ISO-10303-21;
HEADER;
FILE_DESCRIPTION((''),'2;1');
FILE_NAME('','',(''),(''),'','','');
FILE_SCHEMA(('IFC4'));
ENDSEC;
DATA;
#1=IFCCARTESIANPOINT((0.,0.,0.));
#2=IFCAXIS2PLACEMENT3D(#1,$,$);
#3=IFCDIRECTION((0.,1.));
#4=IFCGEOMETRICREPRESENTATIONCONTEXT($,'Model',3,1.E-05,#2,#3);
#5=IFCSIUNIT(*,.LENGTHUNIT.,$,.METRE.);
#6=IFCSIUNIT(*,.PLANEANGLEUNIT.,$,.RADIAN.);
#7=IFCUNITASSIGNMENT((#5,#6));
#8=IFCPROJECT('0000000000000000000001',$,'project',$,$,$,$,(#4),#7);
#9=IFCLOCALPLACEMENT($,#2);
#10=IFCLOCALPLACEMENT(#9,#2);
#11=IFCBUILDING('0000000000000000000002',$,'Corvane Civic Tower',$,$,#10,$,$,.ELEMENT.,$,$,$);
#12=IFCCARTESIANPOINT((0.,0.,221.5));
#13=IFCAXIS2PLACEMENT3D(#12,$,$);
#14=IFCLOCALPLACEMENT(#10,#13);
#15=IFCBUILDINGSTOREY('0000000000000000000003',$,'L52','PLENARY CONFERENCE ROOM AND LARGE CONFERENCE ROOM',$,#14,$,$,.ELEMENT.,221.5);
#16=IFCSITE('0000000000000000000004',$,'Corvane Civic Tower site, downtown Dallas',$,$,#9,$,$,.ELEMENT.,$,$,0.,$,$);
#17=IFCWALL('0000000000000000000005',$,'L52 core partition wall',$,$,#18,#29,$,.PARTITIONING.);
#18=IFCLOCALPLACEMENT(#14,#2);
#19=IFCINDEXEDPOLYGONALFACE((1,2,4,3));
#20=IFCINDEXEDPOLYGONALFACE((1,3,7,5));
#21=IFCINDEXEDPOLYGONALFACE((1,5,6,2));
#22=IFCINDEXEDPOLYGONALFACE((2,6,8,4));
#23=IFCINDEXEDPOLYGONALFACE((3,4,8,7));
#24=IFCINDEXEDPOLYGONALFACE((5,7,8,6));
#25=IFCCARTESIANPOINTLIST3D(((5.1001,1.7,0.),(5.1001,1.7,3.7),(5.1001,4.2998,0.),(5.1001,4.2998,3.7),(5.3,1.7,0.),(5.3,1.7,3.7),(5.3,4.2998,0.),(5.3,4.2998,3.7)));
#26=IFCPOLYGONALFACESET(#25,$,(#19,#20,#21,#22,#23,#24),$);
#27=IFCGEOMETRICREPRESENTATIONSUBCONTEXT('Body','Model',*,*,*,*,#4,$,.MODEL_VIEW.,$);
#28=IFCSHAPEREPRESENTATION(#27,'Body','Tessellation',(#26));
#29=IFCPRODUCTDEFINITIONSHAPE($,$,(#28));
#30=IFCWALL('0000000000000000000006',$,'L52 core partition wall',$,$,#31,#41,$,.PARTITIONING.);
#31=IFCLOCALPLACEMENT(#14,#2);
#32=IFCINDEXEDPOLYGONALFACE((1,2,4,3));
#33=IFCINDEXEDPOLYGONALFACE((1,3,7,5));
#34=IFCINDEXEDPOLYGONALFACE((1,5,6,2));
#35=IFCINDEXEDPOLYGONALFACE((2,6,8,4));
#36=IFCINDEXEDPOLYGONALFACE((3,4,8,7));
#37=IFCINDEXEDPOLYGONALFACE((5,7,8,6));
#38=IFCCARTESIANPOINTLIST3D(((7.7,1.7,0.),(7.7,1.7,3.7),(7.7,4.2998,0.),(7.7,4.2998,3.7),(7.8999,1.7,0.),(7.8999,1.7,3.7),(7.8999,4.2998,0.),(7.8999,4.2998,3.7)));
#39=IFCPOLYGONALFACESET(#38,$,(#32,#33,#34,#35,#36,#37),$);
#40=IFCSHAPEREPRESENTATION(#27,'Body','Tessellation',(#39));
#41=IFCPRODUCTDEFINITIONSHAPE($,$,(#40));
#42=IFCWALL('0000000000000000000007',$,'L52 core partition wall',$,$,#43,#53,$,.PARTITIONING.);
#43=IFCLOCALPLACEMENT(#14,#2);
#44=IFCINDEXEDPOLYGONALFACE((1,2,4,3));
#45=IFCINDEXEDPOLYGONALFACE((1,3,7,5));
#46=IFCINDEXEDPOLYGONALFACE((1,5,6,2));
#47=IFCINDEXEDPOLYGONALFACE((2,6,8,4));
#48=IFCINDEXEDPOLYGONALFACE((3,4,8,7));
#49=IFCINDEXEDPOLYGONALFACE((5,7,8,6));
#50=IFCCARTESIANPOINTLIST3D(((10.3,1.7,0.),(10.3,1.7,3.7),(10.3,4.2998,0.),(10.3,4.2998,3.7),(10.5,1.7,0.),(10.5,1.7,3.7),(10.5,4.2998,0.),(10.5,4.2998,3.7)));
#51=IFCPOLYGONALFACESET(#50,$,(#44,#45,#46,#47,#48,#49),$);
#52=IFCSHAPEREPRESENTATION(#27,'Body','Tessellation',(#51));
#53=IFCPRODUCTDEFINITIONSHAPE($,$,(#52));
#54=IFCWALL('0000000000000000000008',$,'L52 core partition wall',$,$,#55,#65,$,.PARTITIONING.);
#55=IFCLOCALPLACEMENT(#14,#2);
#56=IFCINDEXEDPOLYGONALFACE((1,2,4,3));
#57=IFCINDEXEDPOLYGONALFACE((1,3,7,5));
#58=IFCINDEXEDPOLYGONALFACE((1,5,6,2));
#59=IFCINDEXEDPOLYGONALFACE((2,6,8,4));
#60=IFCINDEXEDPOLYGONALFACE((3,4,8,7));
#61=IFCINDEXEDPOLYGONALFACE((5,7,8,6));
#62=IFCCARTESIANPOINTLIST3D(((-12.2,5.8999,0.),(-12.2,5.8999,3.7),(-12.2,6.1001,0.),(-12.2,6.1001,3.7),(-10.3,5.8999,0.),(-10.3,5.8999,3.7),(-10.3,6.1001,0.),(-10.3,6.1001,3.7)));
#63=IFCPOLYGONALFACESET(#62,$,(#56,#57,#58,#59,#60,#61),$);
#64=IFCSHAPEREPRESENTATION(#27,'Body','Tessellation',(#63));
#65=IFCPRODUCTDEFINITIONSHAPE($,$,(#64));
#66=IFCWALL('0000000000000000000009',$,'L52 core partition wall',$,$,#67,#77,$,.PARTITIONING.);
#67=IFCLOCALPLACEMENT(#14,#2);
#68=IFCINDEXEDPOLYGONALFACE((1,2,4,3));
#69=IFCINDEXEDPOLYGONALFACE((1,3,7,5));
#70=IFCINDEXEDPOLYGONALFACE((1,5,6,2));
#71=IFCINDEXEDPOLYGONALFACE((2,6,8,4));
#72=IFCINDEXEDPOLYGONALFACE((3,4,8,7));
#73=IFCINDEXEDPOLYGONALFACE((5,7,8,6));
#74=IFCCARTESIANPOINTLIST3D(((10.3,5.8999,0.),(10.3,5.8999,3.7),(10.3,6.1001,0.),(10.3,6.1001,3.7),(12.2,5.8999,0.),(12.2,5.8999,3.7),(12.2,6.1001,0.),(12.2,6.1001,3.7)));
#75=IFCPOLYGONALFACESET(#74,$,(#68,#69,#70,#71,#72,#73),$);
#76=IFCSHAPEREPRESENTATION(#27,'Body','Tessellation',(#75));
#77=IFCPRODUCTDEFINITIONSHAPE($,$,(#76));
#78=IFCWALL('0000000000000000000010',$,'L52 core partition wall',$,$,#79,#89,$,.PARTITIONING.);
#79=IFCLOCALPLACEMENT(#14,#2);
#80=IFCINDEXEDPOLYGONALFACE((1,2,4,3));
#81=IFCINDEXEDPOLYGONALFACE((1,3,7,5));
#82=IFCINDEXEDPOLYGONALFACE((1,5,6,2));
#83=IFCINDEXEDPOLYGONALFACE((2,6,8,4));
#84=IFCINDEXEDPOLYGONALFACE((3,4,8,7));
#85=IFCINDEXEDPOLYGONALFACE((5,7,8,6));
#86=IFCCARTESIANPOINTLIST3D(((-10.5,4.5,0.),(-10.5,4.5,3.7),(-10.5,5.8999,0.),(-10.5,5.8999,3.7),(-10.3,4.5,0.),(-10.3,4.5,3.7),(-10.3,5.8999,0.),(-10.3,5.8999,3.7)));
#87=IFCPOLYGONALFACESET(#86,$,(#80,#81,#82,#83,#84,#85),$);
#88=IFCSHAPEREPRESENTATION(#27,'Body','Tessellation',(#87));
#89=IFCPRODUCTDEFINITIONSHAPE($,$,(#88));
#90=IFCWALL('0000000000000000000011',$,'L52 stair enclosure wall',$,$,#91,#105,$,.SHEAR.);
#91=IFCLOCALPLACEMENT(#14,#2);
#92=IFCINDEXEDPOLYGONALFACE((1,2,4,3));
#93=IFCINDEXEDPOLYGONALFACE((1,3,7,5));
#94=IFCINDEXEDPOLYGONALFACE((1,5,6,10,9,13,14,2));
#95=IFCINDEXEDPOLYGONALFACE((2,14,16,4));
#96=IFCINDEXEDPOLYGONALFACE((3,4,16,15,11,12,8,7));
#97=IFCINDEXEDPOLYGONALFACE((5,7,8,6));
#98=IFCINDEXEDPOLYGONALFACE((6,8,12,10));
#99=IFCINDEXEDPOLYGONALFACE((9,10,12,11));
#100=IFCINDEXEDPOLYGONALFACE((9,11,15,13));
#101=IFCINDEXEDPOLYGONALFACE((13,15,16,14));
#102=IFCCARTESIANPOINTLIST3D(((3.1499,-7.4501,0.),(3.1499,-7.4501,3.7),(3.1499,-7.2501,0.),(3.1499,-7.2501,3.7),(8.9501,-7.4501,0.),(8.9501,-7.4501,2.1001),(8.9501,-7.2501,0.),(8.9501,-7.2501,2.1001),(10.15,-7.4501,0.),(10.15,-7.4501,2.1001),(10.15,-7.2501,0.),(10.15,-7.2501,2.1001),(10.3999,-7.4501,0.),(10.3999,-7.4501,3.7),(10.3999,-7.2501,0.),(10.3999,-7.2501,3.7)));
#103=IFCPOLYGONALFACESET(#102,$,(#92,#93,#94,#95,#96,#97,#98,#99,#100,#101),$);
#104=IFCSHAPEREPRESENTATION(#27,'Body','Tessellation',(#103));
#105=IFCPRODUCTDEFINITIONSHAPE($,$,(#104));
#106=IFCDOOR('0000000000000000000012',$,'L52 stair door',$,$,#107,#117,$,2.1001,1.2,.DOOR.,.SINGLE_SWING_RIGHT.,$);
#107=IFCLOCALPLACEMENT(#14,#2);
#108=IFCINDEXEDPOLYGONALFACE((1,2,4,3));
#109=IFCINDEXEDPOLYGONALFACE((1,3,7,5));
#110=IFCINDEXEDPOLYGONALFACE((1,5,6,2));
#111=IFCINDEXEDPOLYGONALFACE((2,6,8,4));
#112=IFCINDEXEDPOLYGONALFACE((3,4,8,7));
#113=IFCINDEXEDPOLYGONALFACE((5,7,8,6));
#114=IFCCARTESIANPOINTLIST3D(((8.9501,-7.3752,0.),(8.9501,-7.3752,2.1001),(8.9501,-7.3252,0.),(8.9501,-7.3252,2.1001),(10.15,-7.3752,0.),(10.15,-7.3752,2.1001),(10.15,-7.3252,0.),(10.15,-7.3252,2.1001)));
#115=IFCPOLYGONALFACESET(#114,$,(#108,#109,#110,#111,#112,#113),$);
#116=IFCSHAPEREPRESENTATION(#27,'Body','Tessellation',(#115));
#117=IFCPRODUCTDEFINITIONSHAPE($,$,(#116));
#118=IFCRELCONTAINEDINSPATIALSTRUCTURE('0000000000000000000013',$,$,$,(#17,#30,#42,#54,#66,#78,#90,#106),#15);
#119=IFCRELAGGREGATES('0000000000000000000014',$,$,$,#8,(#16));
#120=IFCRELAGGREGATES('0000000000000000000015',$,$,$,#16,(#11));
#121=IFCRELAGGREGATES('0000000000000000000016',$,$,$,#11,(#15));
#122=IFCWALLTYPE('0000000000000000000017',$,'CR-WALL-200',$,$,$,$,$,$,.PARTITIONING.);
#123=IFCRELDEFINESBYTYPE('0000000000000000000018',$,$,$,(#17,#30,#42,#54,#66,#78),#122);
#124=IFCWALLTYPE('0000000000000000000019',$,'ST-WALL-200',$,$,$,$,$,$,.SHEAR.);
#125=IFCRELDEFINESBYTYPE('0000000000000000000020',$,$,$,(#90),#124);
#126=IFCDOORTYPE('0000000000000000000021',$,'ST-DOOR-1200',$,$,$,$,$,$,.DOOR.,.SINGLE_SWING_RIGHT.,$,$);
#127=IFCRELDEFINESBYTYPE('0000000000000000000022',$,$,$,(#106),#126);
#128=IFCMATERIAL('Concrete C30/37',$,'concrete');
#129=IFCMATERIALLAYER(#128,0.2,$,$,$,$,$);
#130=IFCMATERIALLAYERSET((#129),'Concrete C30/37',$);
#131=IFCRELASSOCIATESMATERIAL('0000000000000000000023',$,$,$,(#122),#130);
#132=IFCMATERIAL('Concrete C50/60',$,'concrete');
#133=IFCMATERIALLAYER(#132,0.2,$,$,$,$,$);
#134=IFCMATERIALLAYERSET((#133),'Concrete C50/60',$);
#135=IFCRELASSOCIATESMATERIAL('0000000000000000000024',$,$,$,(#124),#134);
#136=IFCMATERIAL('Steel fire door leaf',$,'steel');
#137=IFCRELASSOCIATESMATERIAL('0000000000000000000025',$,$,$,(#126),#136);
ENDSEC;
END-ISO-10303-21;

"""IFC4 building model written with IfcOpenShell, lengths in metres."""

from ifc_helpers import new_model, si_unit, direction, frame, frame_2d, origin, place, context, subcontext, project, spatial, polyline, rectangle, outline, extrude, material, layer, layer_set, type_object, element, fill, save


model = new_model("IFC4")

# Units and contexts
model_context = context("Model", 3, precision=1e-05, world=origin(), true_north=direction((0.0, 1.0)))
body_context = subcontext(model_context, "Body", "Model", "MODEL_VIEW")
ifc_project = project(units=[si_unit("LENGTHUNIT", "METRE"), si_unit("PLANEANGLEUNIT", "RADIAN")], contexts=[model_context])

# Site, building, storey
site_placement = place(None, origin())
site = spatial("IfcSite", under=ifc_project, at=site_placement, Name="Corvane Civic Tower site, downtown Dallas", CompositionType="ELEMENT", RefElevation=0.0)
building_placement = place(site_placement, origin())
building = spatial("IfcBuilding", under=site, at=building_placement, Name="Corvane Civic Tower", CompositionType="ELEMENT")
storey_placement = place(building_placement, frame((0.0, 0.0, 221.5)))
storey = spatial("IfcBuildingStorey", under=building, at=storey_placement, Name="L52", Description="PLENARY CONFERENCE ROOM AND LARGE CONFERENCE ROOM", CompositionType="ELEMENT", Elevation=221.5)

# Shared definitions
ifc_material_1 = material(Name="Concrete C30/37", Category="concrete")
ifc_layer_1 = layer(ifc_material_1, 0.2)
ifc_layer_set_1 = layer_set([ifc_layer_1], Name="Concrete C30/37")
wall_type_1 = type_object("IfcWallType", Name="CR-WALL-200", PredefinedType="PARTITIONING", material=ifc_layer_set_1)

# Walls
wall_1_placement = place(storey_placement, origin())
element("IfcWall", 1, at=wall_1_placement, inside=storey, type_object=wall_type_1, Name="L52 core partition wall", PredefinedType="PARTITIONING", context=body_context, shape_type="SweptSolid", body=[
    extrude(outline(polyline([(5.3, 1.7), (5.1001, 1.7), (5.1001, 4.2998), (5.3, 4.2998), (5.3, 1.7)])), origin(), (0.0, 0.0, 1.0), 3.7),
])
wall_2_placement = place(storey_placement, origin())
element("IfcWall", 2, at=wall_2_placement, inside=storey, type_object=wall_type_1, Name="L52 core partition wall", PredefinedType="PARTITIONING", context=body_context, shape_type="SweptSolid", body=[
    extrude(outline(polyline([(7.8999, 1.7), (7.7, 1.7), (7.7, 4.2998), (7.8999, 4.2998), (7.8999, 1.7)])), origin(), (0.0, 0.0, 1.0), 3.7),
])
wall_3_placement = place(storey_placement, origin())
element("IfcWall", 3, at=wall_3_placement, inside=storey, type_object=wall_type_1, Name="L52 core partition wall", PredefinedType="PARTITIONING", context=body_context, shape_type="SweptSolid", body=[
    extrude(outline(polyline([(10.5, 1.7), (10.3, 1.7), (10.3, 4.2998), (10.5, 4.2998), (10.5, 1.7)])), origin(), (0.0, 0.0, 1.0), 3.7),
])
wall_4_placement = place(storey_placement, origin())
element("IfcWall", 4, at=wall_4_placement, inside=storey, type_object=wall_type_1, Name="L52 core partition wall", PredefinedType="PARTITIONING", context=body_context, shape_type="SweptSolid", body=[
    extrude(outline(polyline([(-10.3, 5.8999), (-12.2, 5.8999), (-12.2, 6.1001), (-10.3, 6.1001), (-10.3, 5.8999)])), origin(), (0.0, 0.0, 1.0), 3.7),
])
wall_5_placement = place(storey_placement, origin())
element("IfcWall", 5, at=wall_5_placement, inside=storey, type_object=wall_type_1, Name="L52 core partition wall", PredefinedType="PARTITIONING", context=body_context, shape_type="SweptSolid", body=[
    extrude(outline(polyline([(12.2, 5.8999), (10.3, 5.8999), (10.3, 6.1001), (12.2, 6.1001), (12.2, 5.8999)])), origin(), (0.0, 0.0, 1.0), 3.7),
])
wall_6_placement = place(storey_placement, origin())
element("IfcWall", 6, at=wall_6_placement, inside=storey, type_object=wall_type_1, Name="L52 core partition wall", PredefinedType="PARTITIONING", context=body_context, shape_type="SweptSolid", body=[
    extrude(outline(polyline([(-10.3, 4.5), (-10.5, 4.5), (-10.5, 5.8999), (-10.3, 5.8999), (-10.3, 4.5)])), origin(), (0.0, 0.0, 1.0), 3.7),
])

# Wall, opening, door
ifc_material_2 = material(Name="Concrete C50/60", Category="concrete")
ifc_layer_2 = layer(ifc_material_2, 0.2)
ifc_layer_set_2 = layer_set([ifc_layer_2], Name="Concrete C50/60")
wall_type_2 = type_object("IfcWallType", Name="ST-WALL-200", PredefinedType="SHEAR", material=ifc_layer_set_2)
wall_7_placement = place(storey_placement, frame((3.1499, -7.3501, 0.0), z_axis=(0.0, 0.0, 1.0), x_axis=(1.0, 0.0, 0.0)))
wall_7 = element("IfcWall", 7, at=wall_7_placement, inside=storey, type_object=wall_type_2, Name="L52 stair enclosure wall", PredefinedType="SHEAR", context=body_context, shape_type="SweptSolid", body=[
    extrude(rectangle(XDim=7.25, YDim=0.2, at=frame_2d((3.625, 0.0))), origin(), (0.0, 0.0, 1.0), 3.7),
])
opening_1_placement = place(wall_7_placement, frame((5.8, 0.0, 0.0)))
opening_1 = element("IfcOpeningElement", 8, at=opening_1_placement, cuts=wall_7, PredefinedType="OPENING", context=body_context, shape_type="SweptSolid", body=[
    extrude(rectangle(XDim=1.2, YDim=2.1001, at=frame_2d((0.6001, 1.05))), frame((0.0, 0.1099, 0.0), z_axis=(0.0, -1.0, 0.0), x_axis=(1.0, 0.0, 0.0)), (0.0, 0.0, 1.0), 0.22),
])
ifc_material_3 = material(Name="Steel fire door leaf", Category="steel")
door_type_1 = type_object("IfcDoorType", Name="ST-DOOR-1200", OperationType="SINGLE_SWING_RIGHT", PredefinedType="DOOR", material=ifc_material_3)
door_1_placement = place(opening_1_placement, origin())
door_1 = element("IfcDoor", 9, at=door_1_placement, inside=storey, type_object=door_type_1, Name="L52 stair door", OperationType="SINGLE_SWING_RIGHT", OverallHeight=2.1001, OverallWidth=1.2, PredefinedType="DOOR", context=body_context, shape_type="SweptSolid", body=[
    extrude(rectangle(XDim=1.2, YDim=2.1001, at=frame_2d((0.6001, 1.05))), frame((0.0, 0.0249, 0.0), z_axis=(0.0, -1.0, 0.0), x_axis=(1.0, 0.0, 0.0)), (0.0, 0.0, 1.0), 0.05),
])
fill(opening_1, door_1)

save(model, "model.ifc")
